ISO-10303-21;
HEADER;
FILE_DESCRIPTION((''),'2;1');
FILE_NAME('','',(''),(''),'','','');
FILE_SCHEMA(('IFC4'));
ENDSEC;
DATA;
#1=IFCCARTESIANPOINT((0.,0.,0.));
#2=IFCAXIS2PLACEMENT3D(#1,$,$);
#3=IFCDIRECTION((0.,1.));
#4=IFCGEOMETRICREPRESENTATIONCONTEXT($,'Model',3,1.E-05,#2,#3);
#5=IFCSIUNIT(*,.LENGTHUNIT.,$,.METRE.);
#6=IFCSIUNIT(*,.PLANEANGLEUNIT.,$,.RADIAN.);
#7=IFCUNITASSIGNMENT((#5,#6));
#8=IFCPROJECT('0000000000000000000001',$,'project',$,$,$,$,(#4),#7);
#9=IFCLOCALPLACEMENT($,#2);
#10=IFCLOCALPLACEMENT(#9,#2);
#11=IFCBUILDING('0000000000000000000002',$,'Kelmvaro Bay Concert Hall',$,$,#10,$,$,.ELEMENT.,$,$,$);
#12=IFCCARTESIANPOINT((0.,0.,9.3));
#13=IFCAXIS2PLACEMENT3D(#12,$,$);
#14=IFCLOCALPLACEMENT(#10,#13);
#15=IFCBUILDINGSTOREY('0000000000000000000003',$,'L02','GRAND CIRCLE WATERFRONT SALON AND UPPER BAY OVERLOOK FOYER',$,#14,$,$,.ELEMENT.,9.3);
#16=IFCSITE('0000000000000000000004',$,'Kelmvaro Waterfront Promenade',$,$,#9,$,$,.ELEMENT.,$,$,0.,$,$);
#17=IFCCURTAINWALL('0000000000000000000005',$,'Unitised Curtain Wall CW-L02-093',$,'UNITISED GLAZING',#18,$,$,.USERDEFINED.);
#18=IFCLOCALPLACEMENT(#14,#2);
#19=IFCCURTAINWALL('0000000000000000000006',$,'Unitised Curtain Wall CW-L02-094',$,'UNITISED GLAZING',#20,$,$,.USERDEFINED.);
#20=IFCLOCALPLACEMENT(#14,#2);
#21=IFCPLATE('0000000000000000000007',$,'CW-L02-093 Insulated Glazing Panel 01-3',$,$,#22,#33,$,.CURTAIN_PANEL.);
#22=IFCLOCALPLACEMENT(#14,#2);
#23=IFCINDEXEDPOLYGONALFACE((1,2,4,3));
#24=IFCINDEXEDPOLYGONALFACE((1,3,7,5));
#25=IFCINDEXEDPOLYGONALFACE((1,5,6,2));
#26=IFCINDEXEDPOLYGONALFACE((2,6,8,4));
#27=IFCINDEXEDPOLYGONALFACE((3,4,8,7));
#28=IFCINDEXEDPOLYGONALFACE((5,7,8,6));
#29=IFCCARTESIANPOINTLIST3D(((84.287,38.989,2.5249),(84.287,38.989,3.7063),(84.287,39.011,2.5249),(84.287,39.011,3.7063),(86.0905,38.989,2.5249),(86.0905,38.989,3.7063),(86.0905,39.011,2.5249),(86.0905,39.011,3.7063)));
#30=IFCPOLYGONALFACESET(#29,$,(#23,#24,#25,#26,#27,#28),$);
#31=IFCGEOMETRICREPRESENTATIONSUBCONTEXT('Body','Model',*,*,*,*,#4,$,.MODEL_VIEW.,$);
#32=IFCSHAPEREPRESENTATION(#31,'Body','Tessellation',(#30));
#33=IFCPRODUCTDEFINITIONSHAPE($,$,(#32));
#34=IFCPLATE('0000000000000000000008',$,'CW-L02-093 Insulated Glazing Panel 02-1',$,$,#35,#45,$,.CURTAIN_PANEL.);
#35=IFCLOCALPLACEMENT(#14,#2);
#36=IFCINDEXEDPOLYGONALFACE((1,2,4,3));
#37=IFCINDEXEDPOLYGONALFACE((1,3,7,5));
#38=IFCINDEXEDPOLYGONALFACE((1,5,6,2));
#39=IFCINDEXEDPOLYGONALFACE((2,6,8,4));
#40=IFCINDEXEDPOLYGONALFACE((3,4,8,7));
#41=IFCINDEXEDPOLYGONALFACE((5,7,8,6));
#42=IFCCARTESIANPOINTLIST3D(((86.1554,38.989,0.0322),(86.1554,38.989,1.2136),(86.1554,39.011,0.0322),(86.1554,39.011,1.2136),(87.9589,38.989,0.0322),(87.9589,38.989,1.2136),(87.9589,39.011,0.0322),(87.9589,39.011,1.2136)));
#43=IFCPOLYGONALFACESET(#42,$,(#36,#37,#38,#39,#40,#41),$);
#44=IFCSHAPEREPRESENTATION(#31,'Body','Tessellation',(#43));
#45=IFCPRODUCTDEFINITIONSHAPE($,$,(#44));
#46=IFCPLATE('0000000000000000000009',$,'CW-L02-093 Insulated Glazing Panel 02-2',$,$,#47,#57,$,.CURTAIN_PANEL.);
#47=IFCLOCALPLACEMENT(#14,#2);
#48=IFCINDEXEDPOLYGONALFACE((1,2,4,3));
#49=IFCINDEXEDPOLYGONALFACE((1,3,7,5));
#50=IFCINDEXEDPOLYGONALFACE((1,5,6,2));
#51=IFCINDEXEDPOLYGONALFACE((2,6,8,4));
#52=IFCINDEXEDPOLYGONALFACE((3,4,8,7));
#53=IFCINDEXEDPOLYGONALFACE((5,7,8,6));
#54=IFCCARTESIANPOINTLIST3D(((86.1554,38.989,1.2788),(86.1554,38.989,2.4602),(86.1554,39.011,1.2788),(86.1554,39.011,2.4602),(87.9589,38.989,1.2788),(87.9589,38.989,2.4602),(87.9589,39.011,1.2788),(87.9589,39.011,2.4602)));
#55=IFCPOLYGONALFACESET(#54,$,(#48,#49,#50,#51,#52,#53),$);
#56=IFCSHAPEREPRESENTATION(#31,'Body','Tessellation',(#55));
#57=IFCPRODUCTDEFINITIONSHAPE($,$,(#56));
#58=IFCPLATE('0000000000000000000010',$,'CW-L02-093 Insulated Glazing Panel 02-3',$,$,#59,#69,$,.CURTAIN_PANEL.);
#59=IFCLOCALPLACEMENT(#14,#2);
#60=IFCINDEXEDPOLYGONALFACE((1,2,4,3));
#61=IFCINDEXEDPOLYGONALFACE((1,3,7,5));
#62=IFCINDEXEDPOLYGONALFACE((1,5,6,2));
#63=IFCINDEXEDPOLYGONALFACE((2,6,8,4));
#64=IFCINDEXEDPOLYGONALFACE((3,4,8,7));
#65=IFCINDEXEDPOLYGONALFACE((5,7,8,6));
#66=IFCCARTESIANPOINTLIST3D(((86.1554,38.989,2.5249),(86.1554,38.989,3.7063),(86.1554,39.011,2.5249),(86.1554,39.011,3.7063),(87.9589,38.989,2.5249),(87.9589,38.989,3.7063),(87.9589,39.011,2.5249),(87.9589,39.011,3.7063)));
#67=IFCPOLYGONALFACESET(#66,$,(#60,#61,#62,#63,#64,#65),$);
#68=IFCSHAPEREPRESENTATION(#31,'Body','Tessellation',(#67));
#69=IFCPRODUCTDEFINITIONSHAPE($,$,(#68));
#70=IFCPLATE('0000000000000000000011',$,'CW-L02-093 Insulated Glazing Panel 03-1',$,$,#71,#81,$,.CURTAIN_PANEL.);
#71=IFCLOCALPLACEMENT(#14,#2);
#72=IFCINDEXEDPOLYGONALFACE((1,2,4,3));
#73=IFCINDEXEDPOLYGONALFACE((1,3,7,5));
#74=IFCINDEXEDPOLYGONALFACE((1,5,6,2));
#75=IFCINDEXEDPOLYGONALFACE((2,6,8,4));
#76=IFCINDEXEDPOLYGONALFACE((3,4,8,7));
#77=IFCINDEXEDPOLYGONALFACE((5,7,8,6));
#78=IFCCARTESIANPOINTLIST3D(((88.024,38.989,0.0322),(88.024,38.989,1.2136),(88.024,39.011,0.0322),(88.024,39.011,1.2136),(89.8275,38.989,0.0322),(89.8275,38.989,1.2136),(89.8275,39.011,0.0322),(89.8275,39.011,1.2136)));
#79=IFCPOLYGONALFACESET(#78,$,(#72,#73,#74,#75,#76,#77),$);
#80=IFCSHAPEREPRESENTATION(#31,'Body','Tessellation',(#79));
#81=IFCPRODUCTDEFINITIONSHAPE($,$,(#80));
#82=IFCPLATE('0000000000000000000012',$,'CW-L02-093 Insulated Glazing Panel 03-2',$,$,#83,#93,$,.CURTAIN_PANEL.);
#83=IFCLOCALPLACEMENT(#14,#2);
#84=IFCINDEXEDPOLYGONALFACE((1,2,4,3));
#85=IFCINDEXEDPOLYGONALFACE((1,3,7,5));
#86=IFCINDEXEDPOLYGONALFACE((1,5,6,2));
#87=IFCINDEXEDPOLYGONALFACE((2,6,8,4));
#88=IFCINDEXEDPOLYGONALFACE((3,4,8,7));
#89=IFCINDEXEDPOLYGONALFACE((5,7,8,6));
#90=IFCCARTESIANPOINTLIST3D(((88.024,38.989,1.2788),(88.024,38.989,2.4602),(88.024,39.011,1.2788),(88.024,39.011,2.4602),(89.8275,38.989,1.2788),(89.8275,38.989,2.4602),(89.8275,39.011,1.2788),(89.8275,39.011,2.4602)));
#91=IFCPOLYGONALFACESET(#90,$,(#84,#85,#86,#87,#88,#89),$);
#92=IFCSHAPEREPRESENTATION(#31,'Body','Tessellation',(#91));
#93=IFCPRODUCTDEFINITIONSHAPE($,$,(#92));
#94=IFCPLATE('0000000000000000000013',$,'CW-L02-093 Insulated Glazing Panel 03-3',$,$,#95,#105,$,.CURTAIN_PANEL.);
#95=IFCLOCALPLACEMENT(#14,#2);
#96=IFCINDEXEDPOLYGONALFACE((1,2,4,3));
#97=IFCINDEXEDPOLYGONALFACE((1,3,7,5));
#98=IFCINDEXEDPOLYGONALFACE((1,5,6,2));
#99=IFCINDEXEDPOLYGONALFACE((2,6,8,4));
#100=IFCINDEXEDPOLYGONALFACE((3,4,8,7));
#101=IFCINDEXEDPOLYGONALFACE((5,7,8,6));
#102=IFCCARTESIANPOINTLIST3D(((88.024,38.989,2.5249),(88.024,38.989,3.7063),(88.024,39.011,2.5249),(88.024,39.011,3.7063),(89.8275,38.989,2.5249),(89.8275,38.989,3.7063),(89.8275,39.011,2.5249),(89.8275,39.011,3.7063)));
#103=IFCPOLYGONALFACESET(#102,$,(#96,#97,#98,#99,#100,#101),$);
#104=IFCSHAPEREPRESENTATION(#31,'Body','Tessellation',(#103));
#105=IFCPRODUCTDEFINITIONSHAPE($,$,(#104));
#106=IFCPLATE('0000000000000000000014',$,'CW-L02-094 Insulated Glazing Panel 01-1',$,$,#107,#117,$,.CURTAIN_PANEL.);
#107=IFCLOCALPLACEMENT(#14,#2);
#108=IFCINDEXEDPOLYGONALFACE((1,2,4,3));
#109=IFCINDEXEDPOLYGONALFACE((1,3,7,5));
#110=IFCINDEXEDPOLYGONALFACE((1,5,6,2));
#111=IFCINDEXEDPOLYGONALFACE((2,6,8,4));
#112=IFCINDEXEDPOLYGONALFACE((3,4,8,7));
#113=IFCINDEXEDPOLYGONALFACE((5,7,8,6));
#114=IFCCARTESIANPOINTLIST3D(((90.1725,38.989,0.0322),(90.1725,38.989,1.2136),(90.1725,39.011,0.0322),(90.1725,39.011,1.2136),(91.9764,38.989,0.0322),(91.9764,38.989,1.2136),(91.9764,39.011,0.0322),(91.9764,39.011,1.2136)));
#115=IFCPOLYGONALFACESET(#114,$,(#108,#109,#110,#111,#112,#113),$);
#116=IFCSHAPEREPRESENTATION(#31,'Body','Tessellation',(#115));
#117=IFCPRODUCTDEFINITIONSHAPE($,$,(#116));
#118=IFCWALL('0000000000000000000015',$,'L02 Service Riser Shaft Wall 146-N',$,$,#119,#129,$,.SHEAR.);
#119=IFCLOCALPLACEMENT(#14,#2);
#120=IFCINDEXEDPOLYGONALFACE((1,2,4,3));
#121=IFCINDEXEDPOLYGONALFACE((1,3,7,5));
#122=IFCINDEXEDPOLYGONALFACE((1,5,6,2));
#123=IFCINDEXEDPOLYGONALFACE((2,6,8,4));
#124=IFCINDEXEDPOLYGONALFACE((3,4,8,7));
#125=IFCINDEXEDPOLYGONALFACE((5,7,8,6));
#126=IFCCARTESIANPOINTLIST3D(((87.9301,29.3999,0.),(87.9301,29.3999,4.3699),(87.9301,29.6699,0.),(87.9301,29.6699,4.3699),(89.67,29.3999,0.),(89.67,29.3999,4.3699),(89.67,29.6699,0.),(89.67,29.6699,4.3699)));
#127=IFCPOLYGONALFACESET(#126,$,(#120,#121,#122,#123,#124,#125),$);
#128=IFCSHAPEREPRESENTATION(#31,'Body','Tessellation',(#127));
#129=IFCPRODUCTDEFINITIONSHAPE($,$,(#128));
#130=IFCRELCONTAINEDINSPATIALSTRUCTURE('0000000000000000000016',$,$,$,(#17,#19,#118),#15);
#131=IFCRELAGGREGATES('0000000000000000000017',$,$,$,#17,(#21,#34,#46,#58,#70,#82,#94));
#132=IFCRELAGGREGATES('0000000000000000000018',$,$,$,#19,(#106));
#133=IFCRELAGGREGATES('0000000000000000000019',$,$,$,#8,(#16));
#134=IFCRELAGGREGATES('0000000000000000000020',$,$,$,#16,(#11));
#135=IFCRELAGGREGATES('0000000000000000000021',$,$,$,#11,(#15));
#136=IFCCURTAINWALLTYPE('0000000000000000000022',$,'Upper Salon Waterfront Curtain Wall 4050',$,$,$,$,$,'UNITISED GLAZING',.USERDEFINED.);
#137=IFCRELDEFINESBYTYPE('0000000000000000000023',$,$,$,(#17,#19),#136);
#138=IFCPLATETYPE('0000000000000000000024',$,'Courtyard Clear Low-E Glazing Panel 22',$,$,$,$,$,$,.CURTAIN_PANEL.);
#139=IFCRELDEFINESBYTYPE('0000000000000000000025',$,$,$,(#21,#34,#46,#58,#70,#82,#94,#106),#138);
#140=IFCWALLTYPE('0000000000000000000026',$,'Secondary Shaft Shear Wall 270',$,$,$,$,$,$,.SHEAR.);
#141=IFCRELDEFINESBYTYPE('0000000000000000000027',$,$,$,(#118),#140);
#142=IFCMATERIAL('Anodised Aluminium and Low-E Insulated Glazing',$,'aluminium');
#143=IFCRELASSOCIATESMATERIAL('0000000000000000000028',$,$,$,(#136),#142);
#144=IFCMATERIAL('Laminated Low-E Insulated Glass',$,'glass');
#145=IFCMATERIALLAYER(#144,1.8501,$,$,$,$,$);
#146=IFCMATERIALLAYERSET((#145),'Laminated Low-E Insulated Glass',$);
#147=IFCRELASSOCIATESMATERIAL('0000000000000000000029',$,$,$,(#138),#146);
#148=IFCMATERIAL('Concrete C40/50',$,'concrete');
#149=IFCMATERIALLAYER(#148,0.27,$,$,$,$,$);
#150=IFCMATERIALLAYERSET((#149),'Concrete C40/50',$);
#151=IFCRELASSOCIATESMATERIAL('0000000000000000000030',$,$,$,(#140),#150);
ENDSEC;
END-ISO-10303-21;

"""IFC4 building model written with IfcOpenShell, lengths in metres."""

from ifc_helpers import new_model, si_unit, direction, frame, frame_2d, origin, origin_2d, place, context, subcontext, project, spatial, rectangle, extrude, material, layer, layer_set, type_object, element, aggregate, save


model = new_model("IFC4")

# Units and contexts
model_context = context("Model", 3, precision=1e-05, world=origin(), true_north=direction((0.0, 1.0)))
body_context = subcontext(model_context, "Body", "Model", "MODEL_VIEW")
ifc_project = project(units=[si_unit("LENGTHUNIT", "METRE"), si_unit("PLANEANGLEUNIT", "RADIAN")], contexts=[model_context])

# Site, building, storey
site_placement = place(None, origin())
site = spatial("IfcSite", under=ifc_project, at=site_placement, Name="Kelmvaro Waterfront Promenade", CompositionType="ELEMENT", RefElevation=0.0)
building_placement = place(site_placement, origin())
building = spatial("IfcBuilding", under=site, at=building_placement, Name="Kelmvaro Bay Concert Hall", CompositionType="ELEMENT")
storey_placement = place(building_placement, frame((0.0, 0.0, 9.3)))
storey = spatial("IfcBuildingStorey", under=building, at=storey_placement, Name="L02", Description="GRAND CIRCLE WATERFRONT SALON AND UPPER BAY OVERLOOK FOYER", CompositionType="ELEMENT", Elevation=9.3)

# Curtain wall
ifc_material_1 = material(Name="Anodised Aluminium and Low-E Insulated Glazing", Category="aluminium")
curtain_wall_type = type_object("IfcCurtainWallType", Name="Upper Salon Waterfront Curtain Wall 4050", ElementType="UNITISED GLAZING", PredefinedType="USERDEFINED", material=ifc_material_1)
curtain_wall_1_placement = place(storey_placement, origin())
curtain_wall_1 = element("IfcCurtainWall", 1, at=curtain_wall_1_placement, inside=storey, type_object=curtain_wall_type, Name="Unitised Curtain Wall CW-L02-093", ObjectType="UNITISED GLAZING", PredefinedType="USERDEFINED")

# Curtain wall
curtain_wall_2_placement = place(storey_placement, origin())
curtain_wall_2 = element("IfcCurtainWall", 2, at=curtain_wall_2_placement, inside=storey, type_object=curtain_wall_type, Name="Unitised Curtain Wall CW-L02-094", ObjectType="UNITISED GLAZING", PredefinedType="USERDEFINED")

# Plates
ifc_material_2 = material(Name="Laminated Low-E Insulated Glass", Category="glass")
ifc_layer_1 = layer(ifc_material_2, 1.8501)
ifc_layer_set_1 = layer_set([ifc_layer_1], Name="Laminated Low-E Insulated Glass")
plate_type = type_object("IfcPlateType", Name="Courtyard Clear Low-E Glazing Panel 22", PredefinedType="CURTAIN_PANEL", material=ifc_layer_set_1)
plate_1_placement = place(storey_placement, frame((85.1887, 39.0, 2.5249), z_axis=(0.0, 0.0, 1.0), x_axis=(1.0, 0.0, 0.0)))
plate_1 = element("IfcPlate", 3, at=plate_1_placement, type_object=plate_type, Name="CW-L02-093 Insulated Glazing Panel 01-3", PredefinedType="CURTAIN_PANEL", context=body_context, shape_type="SweptSolid", body=[
    extrude(rectangle(XDim=1.8035, YDim=0.022, at=origin_2d()), origin(), (0.0, 0.0, 1.0), 1.1814),
])
plate_2_placement = place(storey_placement, frame((87.0571, 39.0, 0.0322), z_axis=(0.0, 0.0, 1.0), x_axis=(1.0, 0.0, 0.0)))
plate_2 = element("IfcPlate", 4, at=plate_2_placement, type_object=plate_type, Name="CW-L02-093 Insulated Glazing Panel 02-1", PredefinedType="CURTAIN_PANEL", context=body_context, shape_type="SweptSolid", body=[
    extrude(rectangle(XDim=1.8035, YDim=0.022, at=origin_2d()), origin(), (0.0, 0.0, 1.0), 1.1814),
])
plate_3_placement = place(storey_placement, frame((87.0571, 39.0, 1.2788), z_axis=(0.0, 0.0, 1.0), x_axis=(1.0, 0.0, 0.0)))
plate_3 = element("IfcPlate", 5, at=plate_3_placement, type_object=plate_type, Name="CW-L02-093 Insulated Glazing Panel 02-2", PredefinedType="CURTAIN_PANEL", context=body_context, shape_type="SweptSolid", body=[
    extrude(rectangle(XDim=1.8035, YDim=0.022, at=origin_2d()), origin(), (0.0, 0.0, 1.0), 1.1814),
])
plate_4_placement = place(storey_placement, frame((87.0571, 39.0, 2.5249), z_axis=(0.0, 0.0, 1.0), x_axis=(1.0, 0.0, 0.0)))
plate_4 = element("IfcPlate", 6, at=plate_4_placement, type_object=plate_type, Name="CW-L02-093 Insulated Glazing Panel 02-3", PredefinedType="CURTAIN_PANEL", context=body_context, shape_type="SweptSolid", body=[
    extrude(rectangle(XDim=1.8035, YDim=0.022, at=origin_2d()), origin(), (0.0, 0.0, 1.0), 1.1814),
])
plate_5_placement = place(storey_placement, frame((88.9258, 39.0, 0.0322), z_axis=(0.0, 0.0, 1.0), x_axis=(1.0, 0.0, 0.0)))
plate_5 = element("IfcPlate", 7, at=plate_5_placement, type_object=plate_type, Name="CW-L02-093 Insulated Glazing Panel 03-1", PredefinedType="CURTAIN_PANEL", context=body_context, shape_type="SweptSolid", body=[
    extrude(rectangle(XDim=1.8035, YDim=0.022, at=origin_2d()), origin(), (0.0, 0.0, 1.0), 1.1814),
])
plate_6_placement = place(storey_placement, frame((88.9258, 39.0, 1.2788), z_axis=(0.0, 0.0, 1.0), x_axis=(1.0, 0.0, 0.0)))
plate_6 = element("IfcPlate", 8, at=plate_6_placement, type_object=plate_type, Name="CW-L02-093 Insulated Glazing Panel 03-2", PredefinedType="CURTAIN_PANEL", context=body_context, shape_type="SweptSolid", body=[
    extrude(rectangle(XDim=1.8035, YDim=0.022, at=origin_2d()), origin(), (0.0, 0.0, 1.0), 1.1814),
])
plate_7_placement = place(storey_placement, frame((88.9258, 39.0, 2.5249), z_axis=(0.0, 0.0, 1.0), x_axis=(1.0, 0.0, 0.0)))
plate_7 = element("IfcPlate", 9, at=plate_7_placement, type_object=plate_type, Name="CW-L02-093 Insulated Glazing Panel 03-3", PredefinedType="CURTAIN_PANEL", context=body_context, shape_type="SweptSolid", body=[
    extrude(rectangle(XDim=1.8035, YDim=0.022, at=origin_2d()), origin(), (0.0, 0.0, 1.0), 1.1814),
])
aggregate(curtain_wall_1, [plate_1, plate_2, plate_3, plate_4, plate_5, plate_6, plate_7])
plate_8_placement = place(storey_placement, frame((91.0745, 39.0, 0.0322), z_axis=(0.0, 0.0, 1.0), x_axis=(1.0, 0.0, 0.0)))
plate_8 = element("IfcPlate", 10, at=plate_8_placement, type_object=plate_type, Name="CW-L02-094 Insulated Glazing Panel 01-1", PredefinedType="CURTAIN_PANEL", context=body_context, shape_type="SweptSolid", body=[
    extrude(rectangle(XDim=1.804, YDim=0.022, at=origin_2d()), origin(), (0.0, 0.0, 1.0), 1.1814),
])
aggregate(curtain_wall_2, [plate_8])

# Wall
ifc_material_3 = material(Name="Concrete C40/50", Category="concrete")
ifc_layer_2 = layer(ifc_material_3, 0.27)
ifc_layer_set_2 = layer_set([ifc_layer_2], Name="Concrete C40/50")
wall_type = type_object("IfcWallType", Name="Secondary Shaft Shear Wall 270", PredefinedType="SHEAR", material=ifc_layer_set_2)
wall_placement = place(storey_placement, frame((87.9299, 29.5349, 0.0), z_axis=(0.0, 0.0, 1.0), x_axis=(1.0, 0.0, 0.0)))
element("IfcWall", 11, at=wall_placement, inside=storey, type_object=wall_type, Name="L02 Service Riser Shaft Wall 146-N", PredefinedType="SHEAR", context=body_context, shape_type="SweptSolid", body=[
    extrude(rectangle(XDim=1.74, YDim=0.27, at=frame_2d((0.8701, 0.0))), origin(), (0.0, 0.0, 1.0), 4.3699),
])

save(model, "model.ifc")
